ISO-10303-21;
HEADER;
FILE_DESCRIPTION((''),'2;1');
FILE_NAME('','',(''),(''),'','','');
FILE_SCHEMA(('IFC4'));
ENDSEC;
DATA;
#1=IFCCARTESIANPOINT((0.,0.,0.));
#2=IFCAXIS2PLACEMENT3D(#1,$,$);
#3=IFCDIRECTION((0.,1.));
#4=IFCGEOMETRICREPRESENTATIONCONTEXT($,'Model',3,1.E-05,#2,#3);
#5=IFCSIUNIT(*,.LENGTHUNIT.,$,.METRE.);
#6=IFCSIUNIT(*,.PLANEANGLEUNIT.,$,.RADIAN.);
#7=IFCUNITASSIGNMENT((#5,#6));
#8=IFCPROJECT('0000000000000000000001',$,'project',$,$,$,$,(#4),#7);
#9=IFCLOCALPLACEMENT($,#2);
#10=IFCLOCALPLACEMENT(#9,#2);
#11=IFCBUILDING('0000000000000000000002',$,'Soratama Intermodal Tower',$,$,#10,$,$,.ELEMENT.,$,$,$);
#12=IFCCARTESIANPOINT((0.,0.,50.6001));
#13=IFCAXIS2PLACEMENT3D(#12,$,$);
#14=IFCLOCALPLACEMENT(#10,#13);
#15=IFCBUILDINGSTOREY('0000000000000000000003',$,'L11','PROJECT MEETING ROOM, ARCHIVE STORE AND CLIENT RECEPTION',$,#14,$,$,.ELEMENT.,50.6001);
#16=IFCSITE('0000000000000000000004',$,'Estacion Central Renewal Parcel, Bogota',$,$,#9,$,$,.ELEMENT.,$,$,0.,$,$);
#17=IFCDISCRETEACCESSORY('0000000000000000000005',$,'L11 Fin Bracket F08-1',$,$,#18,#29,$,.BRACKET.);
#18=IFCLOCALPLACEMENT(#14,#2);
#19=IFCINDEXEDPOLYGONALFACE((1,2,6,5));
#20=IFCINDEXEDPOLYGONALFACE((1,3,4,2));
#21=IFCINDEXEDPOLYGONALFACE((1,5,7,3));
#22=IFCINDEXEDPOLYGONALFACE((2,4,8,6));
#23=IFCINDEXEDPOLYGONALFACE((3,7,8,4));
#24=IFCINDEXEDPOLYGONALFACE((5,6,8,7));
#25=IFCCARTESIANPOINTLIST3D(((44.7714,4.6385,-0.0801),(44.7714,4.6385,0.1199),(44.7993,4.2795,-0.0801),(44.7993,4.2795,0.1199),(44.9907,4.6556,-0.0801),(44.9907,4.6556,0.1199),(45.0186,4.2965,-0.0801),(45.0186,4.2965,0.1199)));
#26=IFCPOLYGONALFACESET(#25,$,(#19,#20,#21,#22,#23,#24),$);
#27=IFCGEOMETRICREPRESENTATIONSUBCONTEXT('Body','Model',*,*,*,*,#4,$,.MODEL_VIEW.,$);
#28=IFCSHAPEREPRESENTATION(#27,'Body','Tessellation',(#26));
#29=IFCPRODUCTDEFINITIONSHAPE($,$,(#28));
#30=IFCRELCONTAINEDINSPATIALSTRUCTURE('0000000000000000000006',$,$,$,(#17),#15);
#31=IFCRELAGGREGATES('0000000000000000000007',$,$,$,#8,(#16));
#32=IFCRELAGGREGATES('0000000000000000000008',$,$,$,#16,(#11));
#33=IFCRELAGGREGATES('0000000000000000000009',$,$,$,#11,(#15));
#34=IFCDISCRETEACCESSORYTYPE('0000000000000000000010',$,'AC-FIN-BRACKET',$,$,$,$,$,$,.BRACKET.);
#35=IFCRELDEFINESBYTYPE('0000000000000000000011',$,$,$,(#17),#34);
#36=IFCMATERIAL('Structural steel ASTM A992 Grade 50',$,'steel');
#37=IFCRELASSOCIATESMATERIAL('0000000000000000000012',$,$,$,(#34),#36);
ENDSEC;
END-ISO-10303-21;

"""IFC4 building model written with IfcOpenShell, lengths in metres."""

from ifc_helpers import new_model, si_unit, direction, frame, origin, origin_2d, place, context, subcontext, project, spatial, rectangle, extrude, material, type_object, element, save


model = new_model("IFC4")

# Units and contexts
model_context = context("Model", 3, precision=1e-05, world=origin(), true_north=direction((0.0, 1.0)))
body_context = subcontext(model_context, "Body", "Model", "MODEL_VIEW")
ifc_project = project(units=[si_unit("LENGTHUNIT", "METRE"), si_unit("PLANEANGLEUNIT", "RADIAN")], contexts=[model_context])

# Site, building, storey
site_placement = place(None, origin())
site = spatial("IfcSite", under=ifc_project, at=site_placement, Name="Estacion Central Renewal Parcel, Bogota", CompositionType="ELEMENT", RefElevation=0.0)
building_placement = place(site_placement, origin())
building = spatial("IfcBuilding", under=site, at=building_placement, Name="Soratama Intermodal Tower", CompositionType="ELEMENT")
storey_placement = place(building_placement, frame((0.0, 0.0, 50.6001)))
storey = spatial("IfcBuildingStorey", under=building, at=storey_placement, Name="L11", Description="PROJECT MEETING ROOM, ARCHIVE STORE AND CLIENT RECEPTION", CompositionType="ELEMENT", Elevation=50.6001)

# Discrete accessory
ifc_material_1 = material(Name="Structural steel ASTM A992 Grade 50", Category="steel")
discrete_accessory_type = type_object("IfcDiscreteAccessoryType", Name="AC-FIN-BRACKET", PredefinedType="BRACKET", material=ifc_material_1)
discrete_accessory_placement = place(storey_placement, frame((44.895, 4.4675, -0.0801), z_axis=(0.0, 0.0, 1.0), x_axis=(0.077415, -0.996999, 0.0)))
element("IfcDiscreteAccessory", 1, at=discrete_accessory_placement, inside=storey, type_object=discrete_accessory_type, Name="L11 Fin Bracket F08-1", PredefinedType="BRACKET", context=body_context, shape_type="SweptSolid", body=[
    extrude(rectangle(XDim=0.3601, YDim=0.22, at=origin_2d()), origin(), (0.0, 0.0, 1.0), 0.2),
])

save(model, "model.ifc")
